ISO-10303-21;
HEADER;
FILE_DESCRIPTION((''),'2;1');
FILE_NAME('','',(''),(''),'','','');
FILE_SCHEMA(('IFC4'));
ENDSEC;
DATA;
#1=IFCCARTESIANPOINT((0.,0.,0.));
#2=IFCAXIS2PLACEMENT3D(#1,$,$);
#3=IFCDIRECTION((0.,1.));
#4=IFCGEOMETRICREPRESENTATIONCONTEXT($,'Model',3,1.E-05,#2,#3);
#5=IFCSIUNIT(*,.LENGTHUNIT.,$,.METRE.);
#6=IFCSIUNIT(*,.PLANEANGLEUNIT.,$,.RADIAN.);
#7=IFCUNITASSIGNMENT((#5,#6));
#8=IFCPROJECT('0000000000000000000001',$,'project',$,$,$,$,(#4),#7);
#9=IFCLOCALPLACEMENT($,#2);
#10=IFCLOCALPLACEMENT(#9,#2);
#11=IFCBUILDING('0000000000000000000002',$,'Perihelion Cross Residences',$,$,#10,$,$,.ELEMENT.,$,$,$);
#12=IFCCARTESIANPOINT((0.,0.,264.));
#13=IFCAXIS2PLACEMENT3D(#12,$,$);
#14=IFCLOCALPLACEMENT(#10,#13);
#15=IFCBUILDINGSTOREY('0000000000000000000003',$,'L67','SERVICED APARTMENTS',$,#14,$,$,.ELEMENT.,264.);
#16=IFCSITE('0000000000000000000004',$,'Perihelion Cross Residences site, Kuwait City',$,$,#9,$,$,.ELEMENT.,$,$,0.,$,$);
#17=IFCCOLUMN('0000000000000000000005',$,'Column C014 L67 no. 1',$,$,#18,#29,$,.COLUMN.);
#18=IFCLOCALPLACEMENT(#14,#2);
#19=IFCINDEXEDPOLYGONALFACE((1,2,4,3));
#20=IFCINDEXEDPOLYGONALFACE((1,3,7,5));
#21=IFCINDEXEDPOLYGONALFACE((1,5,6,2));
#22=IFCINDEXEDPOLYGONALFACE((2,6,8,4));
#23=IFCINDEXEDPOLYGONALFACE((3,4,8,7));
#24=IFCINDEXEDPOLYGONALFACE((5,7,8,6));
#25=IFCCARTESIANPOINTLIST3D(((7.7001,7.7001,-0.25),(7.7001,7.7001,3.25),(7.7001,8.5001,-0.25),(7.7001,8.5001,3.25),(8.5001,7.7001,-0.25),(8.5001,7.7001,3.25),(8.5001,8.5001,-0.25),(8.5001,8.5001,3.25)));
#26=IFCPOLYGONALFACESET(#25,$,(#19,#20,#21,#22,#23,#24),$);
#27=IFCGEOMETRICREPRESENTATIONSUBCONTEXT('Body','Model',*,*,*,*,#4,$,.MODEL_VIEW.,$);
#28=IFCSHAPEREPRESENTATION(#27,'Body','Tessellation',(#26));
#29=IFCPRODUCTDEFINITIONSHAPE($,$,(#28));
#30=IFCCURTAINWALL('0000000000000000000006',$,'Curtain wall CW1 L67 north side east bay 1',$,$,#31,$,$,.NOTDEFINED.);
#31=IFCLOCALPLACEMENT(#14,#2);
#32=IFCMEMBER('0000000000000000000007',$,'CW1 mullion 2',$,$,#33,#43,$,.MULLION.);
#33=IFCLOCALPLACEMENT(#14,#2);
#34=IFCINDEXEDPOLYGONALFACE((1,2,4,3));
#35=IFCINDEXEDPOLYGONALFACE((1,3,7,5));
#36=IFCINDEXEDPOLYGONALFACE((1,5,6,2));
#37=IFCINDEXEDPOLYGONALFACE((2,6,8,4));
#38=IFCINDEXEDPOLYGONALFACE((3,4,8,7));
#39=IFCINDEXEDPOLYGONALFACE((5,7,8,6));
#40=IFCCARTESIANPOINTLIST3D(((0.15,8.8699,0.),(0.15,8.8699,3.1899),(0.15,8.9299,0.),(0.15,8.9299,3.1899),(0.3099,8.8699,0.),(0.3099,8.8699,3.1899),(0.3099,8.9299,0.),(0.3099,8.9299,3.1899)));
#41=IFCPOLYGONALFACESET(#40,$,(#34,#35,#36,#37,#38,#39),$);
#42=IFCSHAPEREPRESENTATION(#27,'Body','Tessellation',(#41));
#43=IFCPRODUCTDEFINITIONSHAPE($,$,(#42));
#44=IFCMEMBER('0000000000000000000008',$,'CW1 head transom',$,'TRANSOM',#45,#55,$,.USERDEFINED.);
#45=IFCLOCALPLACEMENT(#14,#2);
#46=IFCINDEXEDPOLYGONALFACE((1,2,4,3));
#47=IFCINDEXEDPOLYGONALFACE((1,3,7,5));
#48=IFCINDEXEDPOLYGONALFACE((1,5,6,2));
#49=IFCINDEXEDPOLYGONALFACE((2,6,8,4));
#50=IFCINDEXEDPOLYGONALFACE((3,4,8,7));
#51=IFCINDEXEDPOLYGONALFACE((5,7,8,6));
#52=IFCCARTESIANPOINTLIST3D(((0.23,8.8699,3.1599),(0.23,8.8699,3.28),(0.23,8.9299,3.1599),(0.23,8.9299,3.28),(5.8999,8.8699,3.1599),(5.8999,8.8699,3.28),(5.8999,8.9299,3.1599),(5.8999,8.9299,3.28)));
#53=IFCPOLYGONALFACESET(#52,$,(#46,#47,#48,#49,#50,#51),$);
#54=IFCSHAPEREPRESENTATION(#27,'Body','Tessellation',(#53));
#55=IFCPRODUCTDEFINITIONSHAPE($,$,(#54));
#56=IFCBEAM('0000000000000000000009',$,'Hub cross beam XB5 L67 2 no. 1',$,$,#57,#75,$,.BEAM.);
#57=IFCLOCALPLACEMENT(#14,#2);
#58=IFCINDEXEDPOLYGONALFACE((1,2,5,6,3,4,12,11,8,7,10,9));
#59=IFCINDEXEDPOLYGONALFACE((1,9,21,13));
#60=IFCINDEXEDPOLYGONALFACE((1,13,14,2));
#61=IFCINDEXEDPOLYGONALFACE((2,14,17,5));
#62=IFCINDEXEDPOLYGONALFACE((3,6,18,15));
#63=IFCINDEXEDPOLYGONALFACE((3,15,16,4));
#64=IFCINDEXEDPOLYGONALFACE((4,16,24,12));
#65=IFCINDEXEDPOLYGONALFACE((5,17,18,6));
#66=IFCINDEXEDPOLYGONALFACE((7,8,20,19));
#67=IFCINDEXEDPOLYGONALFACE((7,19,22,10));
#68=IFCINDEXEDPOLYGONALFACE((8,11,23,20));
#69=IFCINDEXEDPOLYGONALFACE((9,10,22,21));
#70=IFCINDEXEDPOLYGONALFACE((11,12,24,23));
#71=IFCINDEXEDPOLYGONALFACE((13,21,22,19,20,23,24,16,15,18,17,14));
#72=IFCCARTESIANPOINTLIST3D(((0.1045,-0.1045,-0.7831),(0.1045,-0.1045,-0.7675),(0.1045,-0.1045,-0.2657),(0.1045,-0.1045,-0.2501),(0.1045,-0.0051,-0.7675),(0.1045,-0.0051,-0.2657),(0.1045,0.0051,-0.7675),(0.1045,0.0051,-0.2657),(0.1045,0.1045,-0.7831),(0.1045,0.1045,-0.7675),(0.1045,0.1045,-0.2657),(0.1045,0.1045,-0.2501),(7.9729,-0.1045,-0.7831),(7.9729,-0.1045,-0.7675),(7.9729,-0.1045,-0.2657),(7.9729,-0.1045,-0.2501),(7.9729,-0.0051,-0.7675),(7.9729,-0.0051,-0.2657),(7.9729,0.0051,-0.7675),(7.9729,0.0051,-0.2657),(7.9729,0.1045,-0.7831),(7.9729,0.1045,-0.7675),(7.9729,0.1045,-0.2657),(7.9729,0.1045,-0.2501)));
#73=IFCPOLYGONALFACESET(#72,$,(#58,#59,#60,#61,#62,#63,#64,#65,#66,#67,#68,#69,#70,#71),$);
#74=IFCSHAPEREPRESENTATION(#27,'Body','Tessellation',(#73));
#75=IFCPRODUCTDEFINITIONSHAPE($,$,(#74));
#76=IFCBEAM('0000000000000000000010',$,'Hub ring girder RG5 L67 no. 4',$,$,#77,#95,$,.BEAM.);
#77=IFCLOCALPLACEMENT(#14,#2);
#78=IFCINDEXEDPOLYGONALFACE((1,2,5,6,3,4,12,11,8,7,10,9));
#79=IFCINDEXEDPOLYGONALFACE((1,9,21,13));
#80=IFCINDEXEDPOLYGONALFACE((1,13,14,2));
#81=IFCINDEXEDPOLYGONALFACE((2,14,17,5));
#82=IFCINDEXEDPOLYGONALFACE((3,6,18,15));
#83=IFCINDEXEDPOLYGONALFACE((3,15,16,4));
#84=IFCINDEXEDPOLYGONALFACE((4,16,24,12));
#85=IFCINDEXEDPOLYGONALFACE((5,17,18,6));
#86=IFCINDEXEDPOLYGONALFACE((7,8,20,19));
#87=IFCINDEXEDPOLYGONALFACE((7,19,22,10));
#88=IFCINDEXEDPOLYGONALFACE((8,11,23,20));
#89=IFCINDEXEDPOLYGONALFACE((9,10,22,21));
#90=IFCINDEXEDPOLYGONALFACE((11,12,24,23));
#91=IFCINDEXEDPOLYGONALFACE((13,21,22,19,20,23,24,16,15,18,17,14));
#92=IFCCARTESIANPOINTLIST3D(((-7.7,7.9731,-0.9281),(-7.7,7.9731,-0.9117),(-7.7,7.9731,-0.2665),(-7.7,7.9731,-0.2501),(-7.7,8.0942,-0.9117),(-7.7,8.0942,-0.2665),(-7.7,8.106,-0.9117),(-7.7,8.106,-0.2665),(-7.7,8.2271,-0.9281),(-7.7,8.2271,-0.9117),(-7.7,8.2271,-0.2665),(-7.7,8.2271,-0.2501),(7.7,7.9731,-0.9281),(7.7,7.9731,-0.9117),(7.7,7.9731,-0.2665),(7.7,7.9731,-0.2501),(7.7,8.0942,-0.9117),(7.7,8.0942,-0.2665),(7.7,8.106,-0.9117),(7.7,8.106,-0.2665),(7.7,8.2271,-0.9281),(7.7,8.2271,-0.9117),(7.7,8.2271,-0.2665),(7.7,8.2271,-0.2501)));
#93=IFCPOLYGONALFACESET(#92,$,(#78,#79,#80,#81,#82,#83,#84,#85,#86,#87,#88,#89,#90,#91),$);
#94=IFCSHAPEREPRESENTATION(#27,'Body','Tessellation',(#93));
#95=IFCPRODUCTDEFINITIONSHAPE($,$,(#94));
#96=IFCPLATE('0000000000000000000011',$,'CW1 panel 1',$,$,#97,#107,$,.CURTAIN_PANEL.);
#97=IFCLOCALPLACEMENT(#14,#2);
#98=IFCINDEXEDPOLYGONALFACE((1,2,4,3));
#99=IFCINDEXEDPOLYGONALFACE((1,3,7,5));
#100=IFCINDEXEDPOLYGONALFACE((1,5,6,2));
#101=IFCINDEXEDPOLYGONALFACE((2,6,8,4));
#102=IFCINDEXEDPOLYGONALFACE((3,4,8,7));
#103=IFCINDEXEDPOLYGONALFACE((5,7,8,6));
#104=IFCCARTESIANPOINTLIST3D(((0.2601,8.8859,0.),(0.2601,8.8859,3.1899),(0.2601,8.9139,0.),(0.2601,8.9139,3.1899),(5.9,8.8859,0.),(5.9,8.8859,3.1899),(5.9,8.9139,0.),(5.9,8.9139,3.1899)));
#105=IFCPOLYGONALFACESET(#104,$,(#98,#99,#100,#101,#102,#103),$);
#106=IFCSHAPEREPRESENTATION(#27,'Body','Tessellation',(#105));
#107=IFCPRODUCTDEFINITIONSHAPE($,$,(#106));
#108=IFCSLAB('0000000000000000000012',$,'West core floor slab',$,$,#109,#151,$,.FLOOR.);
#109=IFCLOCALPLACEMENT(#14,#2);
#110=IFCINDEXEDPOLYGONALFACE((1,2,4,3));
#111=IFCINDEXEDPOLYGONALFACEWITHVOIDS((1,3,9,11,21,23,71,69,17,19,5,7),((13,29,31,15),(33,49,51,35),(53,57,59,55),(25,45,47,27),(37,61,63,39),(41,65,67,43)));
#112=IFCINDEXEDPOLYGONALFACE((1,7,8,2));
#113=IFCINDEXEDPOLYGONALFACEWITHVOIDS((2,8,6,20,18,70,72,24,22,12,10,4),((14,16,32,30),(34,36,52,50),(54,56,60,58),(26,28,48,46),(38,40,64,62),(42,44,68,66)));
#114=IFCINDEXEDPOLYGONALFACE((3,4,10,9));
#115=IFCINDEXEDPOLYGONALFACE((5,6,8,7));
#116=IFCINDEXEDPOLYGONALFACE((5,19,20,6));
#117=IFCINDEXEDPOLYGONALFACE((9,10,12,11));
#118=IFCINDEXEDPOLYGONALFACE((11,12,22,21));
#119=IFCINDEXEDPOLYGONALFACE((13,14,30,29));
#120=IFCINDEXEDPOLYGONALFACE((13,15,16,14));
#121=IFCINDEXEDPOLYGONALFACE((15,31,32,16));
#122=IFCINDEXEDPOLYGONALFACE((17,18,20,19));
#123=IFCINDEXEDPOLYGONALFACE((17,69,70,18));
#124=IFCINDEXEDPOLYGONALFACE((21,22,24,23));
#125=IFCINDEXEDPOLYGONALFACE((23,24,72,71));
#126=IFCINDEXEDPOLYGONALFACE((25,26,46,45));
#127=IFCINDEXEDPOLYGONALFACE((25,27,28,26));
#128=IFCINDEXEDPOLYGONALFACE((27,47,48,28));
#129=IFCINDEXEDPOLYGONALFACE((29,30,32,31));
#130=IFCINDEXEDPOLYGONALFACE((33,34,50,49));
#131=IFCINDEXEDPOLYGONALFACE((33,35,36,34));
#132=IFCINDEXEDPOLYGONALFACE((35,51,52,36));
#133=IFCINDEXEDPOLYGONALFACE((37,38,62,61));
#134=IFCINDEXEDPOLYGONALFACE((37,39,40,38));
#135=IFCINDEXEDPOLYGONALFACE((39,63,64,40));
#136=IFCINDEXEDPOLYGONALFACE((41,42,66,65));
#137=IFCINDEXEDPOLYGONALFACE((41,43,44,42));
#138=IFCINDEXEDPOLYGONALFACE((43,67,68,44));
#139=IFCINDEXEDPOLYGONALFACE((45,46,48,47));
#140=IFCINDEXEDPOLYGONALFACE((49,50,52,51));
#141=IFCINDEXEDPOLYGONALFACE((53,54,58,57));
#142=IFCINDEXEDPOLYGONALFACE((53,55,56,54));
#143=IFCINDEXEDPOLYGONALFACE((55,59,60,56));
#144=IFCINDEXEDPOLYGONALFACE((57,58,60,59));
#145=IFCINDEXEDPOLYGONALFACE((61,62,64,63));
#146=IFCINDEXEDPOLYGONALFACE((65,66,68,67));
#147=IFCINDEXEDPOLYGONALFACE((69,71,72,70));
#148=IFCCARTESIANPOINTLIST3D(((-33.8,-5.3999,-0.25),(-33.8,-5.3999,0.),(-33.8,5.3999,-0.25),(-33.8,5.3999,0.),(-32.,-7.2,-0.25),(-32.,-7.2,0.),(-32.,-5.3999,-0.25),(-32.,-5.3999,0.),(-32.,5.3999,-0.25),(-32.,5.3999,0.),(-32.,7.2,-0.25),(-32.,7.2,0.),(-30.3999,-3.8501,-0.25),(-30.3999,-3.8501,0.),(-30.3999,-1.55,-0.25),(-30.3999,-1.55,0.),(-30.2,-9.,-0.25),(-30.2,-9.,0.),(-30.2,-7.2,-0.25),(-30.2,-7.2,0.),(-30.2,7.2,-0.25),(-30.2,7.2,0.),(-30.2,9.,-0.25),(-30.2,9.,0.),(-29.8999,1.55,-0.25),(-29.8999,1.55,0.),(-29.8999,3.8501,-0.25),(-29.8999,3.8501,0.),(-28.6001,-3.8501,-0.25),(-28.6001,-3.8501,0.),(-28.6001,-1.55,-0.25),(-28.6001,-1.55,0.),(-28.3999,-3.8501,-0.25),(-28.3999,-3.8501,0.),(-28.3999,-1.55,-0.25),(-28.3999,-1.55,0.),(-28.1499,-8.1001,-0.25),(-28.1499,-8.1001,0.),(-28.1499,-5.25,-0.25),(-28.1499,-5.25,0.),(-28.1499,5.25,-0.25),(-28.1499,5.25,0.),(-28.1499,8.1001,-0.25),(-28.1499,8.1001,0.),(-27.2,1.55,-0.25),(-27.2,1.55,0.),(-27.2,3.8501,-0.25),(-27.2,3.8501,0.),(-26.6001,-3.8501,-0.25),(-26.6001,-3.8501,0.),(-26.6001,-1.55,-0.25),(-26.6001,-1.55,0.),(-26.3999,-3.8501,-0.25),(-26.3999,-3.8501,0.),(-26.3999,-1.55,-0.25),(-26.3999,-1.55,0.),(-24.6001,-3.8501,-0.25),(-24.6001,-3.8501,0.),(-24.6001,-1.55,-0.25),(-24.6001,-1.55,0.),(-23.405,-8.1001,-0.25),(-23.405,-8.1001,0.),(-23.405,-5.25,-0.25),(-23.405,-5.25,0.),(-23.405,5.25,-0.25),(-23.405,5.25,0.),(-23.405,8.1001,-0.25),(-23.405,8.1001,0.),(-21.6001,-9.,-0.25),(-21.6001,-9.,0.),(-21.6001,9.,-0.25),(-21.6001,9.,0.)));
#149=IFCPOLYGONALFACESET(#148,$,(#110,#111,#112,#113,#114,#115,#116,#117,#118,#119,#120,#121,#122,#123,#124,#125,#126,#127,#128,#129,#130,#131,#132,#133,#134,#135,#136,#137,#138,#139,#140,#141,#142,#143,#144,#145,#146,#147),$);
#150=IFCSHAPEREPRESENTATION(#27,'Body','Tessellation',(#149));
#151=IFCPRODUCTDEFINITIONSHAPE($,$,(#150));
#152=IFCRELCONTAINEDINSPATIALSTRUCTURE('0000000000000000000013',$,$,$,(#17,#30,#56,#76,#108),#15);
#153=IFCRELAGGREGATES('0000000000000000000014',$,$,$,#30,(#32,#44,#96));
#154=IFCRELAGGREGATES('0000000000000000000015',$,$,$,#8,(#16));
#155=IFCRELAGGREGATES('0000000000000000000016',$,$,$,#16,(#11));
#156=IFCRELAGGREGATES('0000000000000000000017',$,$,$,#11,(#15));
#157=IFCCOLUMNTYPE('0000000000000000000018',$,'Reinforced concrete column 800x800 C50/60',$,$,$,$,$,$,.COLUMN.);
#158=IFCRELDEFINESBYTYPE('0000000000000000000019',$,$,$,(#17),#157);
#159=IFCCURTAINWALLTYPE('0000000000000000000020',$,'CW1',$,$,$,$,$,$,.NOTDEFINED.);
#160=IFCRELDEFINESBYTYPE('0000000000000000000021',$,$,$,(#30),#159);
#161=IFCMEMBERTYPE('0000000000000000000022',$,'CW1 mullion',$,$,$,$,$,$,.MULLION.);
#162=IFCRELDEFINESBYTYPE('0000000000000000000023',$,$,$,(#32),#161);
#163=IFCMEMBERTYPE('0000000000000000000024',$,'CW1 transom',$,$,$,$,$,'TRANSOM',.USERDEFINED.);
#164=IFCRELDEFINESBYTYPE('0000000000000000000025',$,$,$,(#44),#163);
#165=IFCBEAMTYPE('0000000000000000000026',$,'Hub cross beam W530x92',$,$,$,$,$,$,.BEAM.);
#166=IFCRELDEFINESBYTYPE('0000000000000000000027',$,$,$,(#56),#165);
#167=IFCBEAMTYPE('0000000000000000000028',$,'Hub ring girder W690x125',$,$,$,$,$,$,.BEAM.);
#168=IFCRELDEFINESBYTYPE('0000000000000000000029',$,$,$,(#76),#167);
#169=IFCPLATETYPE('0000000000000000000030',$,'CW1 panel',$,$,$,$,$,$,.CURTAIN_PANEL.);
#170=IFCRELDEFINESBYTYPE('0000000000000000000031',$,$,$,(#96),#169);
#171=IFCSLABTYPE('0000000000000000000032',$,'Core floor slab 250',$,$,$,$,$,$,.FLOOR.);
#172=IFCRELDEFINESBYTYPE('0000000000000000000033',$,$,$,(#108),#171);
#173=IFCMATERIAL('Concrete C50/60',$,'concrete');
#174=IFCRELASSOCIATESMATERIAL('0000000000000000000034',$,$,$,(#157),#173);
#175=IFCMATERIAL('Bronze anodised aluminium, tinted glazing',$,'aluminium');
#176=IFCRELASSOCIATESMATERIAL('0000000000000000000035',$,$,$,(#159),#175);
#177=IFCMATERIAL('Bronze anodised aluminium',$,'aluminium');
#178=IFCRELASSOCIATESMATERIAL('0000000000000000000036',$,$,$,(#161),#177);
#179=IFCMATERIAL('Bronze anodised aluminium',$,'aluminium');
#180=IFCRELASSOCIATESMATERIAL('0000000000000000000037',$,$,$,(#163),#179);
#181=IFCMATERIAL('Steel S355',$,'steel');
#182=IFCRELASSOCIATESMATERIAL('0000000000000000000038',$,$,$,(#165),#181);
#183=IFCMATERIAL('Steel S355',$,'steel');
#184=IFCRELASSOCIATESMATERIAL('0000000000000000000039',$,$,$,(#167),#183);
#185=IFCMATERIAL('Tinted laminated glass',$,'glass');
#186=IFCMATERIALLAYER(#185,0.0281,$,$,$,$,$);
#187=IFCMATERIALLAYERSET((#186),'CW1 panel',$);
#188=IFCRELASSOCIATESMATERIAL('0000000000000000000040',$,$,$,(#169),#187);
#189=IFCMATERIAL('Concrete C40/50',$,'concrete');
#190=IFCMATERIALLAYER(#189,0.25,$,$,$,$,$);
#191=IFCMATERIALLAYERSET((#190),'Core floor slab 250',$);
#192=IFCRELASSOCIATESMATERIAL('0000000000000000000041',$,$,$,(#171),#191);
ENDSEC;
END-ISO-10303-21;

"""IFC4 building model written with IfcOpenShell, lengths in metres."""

from ifc_helpers import new_model, si_unit, direction, frame, origin, origin_2d, place, context, subcontext, project, spatial, polyline, rectangle, i_section, outline, extrude, material, layer, layer_set, material_profile, profile_set, type_object, element, aggregate, save


model = new_model("IFC4")

# Units and contexts
model_context = context("Model", 3, precision=1e-05, world=origin(), true_north=direction((0.0, 1.0)))
body_context = subcontext(model_context, "Body", "Model", "MODEL_VIEW")
ifc_project = project(units=[si_unit("LENGTHUNIT", "METRE"), si_unit("PLANEANGLEUNIT", "RADIAN")], contexts=[model_context])

# Site, building, storey
site_placement = place(None, origin())
site = spatial("IfcSite", under=ifc_project, at=site_placement, Name="Perihelion Cross Residences site, Kuwait City", CompositionType="ELEMENT", RefElevation=0.0)
building_placement = place(site_placement, origin())
building = spatial("IfcBuilding", under=site, at=building_placement, Name="Perihelion Cross Residences", CompositionType="ELEMENT")
storey_placement = place(building_placement, frame((0.0, 0.0, 264.0)))
storey = spatial("IfcBuildingStorey", under=building, at=storey_placement, Name="L67", Description="SERVICED APARTMENTS", CompositionType="ELEMENT", Elevation=264.0)

# Column
ifc_material_1 = material(Name="Concrete C50/60", Category="concrete")
ifc_material_profile_1 = material_profile(ifc_material_1, rectangle(XDim=0.8, YDim=0.8, at=origin_2d()), Name="RC 800x800")
ifc_profile_set_1 = profile_set([ifc_material_profile_1], Name="Concrete C50/60")
column_type = type_object("IfcColumnType", Name="Reinforced concrete column 800x800 C50/60", PredefinedType="COLUMN", material=ifc_profile_set_1)
column_placement = place(storey_placement, frame((8.1001, 8.1001, -0.25), z_axis=(0.0, 0.0, 1.0), x_axis=(1.0, 0.0, 0.0)))
element("IfcColumn", 1, at=column_placement, inside=storey, type_object=column_type, Name="Column C014 L67 no. 1", PredefinedType="COLUMN", context=body_context, shape_type="SweptSolid", body=[
    extrude(rectangle(XDim=0.8, YDim=0.8, at=origin_2d()), origin(), (0.0, 0.0, 1.0), 3.5),
])

# Curtain wall, members
ifc_material_2 = material(Name="Bronze anodised aluminium, tinted glazing", Category="aluminium")
curtain_wall_type = type_object("IfcCurtainWallType", Name="CW1", PredefinedType="NOTDEFINED", material=ifc_material_2)
curtain_wall_placement = place(storey_placement, origin())
curtain_wall = element("IfcCurtainWall", 2, at=curtain_wall_placement, inside=storey, type_object=curtain_wall_type, Name="Curtain wall CW1 L67 north side east bay 1", PredefinedType="NOTDEFINED")
ifc_material_3 = material(Name="Bronze anodised aluminium", Category="aluminium")
ifc_material_profile_2 = material_profile(ifc_material_3, rectangle(XDim=0.0601, YDim=0.1599, at=origin_2d()), Name="CW1 mullion")
ifc_profile_set_2 = profile_set([ifc_material_profile_2], Name="Bronze anodised aluminium")
member_type_1 = type_object("IfcMemberType", Name="CW1 mullion", PredefinedType="MULLION", material=ifc_profile_set_2)
member_1_placement = place(storey_placement, frame((0.23, 8.8999, 0.0), z_axis=(0.0, 0.0, 1.0), x_axis=(0.0, -1.0, 0.0)))
member_1 = element("IfcMember", 3, at=member_1_placement, type_object=member_type_1, Name="CW1 mullion 2", PredefinedType="MULLION", context=body_context, shape_type="SweptSolid", body=[
    extrude(rectangle(XDim=0.0601, YDim=0.1599, at=origin_2d()), origin(), (0.0, 0.0, 1.0), 3.1899),
])
ifc_material_4 = material(Name="Bronze anodised aluminium", Category="aluminium")
ifc_material_profile_3 = material_profile(ifc_material_4, rectangle(XDim=0.0601, YDim=0.1201, at=origin_2d()), Name="CW1 transom")
ifc_profile_set_3 = profile_set([ifc_material_profile_3], Name="Bronze anodised aluminium")
member_type_2 = type_object("IfcMemberType", Name="CW1 transom", ElementType="TRANSOM", PredefinedType="USERDEFINED", material=ifc_profile_set_3)
member_2_placement = place(storey_placement, frame((5.8999, 8.8999, 3.22), z_axis=(-1.0, 0.0, 0.0), x_axis=(0.0, -1.0, 0.0)))
member_2 = element("IfcMember", 4, at=member_2_placement, type_object=member_type_2, Name="CW1 head transom", ObjectType="TRANSOM", PredefinedType="USERDEFINED", context=body_context, shape_type="SweptSolid", body=[
    extrude(rectangle(XDim=0.0601, YDim=0.1201, at=origin_2d()), origin(), (0.0, 0.0, 1.0), 5.6699),
])

# Beams
ifc_material_5 = material(Name="Steel S355", Category="steel")
ifc_material_profile_4 = material_profile(ifc_material_5, i_section(OverallWidth=0.209, OverallDepth=0.533, WebThickness=0.0103, FlangeThickness=0.0156, at=origin_2d()), Name="W530x92")
ifc_profile_set_4 = profile_set([ifc_material_profile_4], Name="Steel S355")
beam_type_1 = type_object("IfcBeamType", Name="Hub cross beam W530x92", PredefinedType="BEAM", material=ifc_profile_set_4)
beam_1_placement = place(storey_placement, frame((0.1045, 0.0, -0.5166), z_axis=(1.0, 0.0, 0.0), x_axis=(0.0, 1.0, 0.0)))
element("IfcBeam", 5, at=beam_1_placement, inside=storey, type_object=beam_type_1, Name="Hub cross beam XB5 L67 2 no. 1", PredefinedType="BEAM", context=body_context, shape_type="SweptSolid", body=[
    extrude(i_section(OverallWidth=0.209, OverallDepth=0.533, WebThickness=0.0103, FlangeThickness=0.0156, at=origin_2d()), origin(), (0.0, 0.0, 1.0), 7.8684),
])
ifc_material_6 = material(Name="Steel S355", Category="steel")
ifc_material_profile_5 = material_profile(ifc_material_6, i_section(OverallWidth=0.2539, OverallDepth=0.678, WebThickness=0.0117, FlangeThickness=0.0164, at=origin_2d()), Name="W690x125")
ifc_profile_set_5 = profile_set([ifc_material_profile_5], Name="Steel S355")
beam_type_2 = type_object("IfcBeamType", Name="Hub ring girder W690x125", PredefinedType="BEAM", material=ifc_profile_set_5)
beam_2_placement = place(storey_placement, frame((7.7, 8.1001, -0.5891), z_axis=(-1.0, 0.0, 0.0), x_axis=(0.0, -1.0, 0.0)))
element("IfcBeam", 6, at=beam_2_placement, inside=storey, type_object=beam_type_2, Name="Hub ring girder RG5 L67 no. 4", PredefinedType="BEAM", context=body_context, shape_type="SweptSolid", body=[
    extrude(i_section(OverallWidth=0.2539, OverallDepth=0.678, WebThickness=0.0117, FlangeThickness=0.0164, at=origin_2d()), origin(), (0.0, 0.0, 1.0), 15.3999),
])

# Plate
ifc_material_7 = material(Name="Tinted laminated glass", Category="glass")
ifc_layer_1 = layer(ifc_material_7, 0.0281)
ifc_layer_set_1 = layer_set([ifc_layer_1], Name="CW1 panel")
plate_type = type_object("IfcPlateType", Name="CW1 panel", PredefinedType="CURTAIN_PANEL", material=ifc_layer_set_1)
plate_placement = place(storey_placement, frame((3.0801, 8.8999, 0.0), z_axis=(0.0, 0.0, 1.0), x_axis=(-1.0, 0.0, 0.0)))
plate = element("IfcPlate", 7, at=plate_placement, type_object=plate_type, Name="CW1 panel 1", PredefinedType="CURTAIN_PANEL", context=body_context, shape_type="SweptSolid", body=[
    extrude(rectangle(XDim=5.6399, YDim=0.0281, at=origin_2d()), origin(), (0.0, 0.0, 1.0), 3.1899),
])
aggregate(curtain_wall, [member_1, member_2, plate])

# Slab
ifc_material_8 = material(Name="Concrete C40/50", Category="concrete")
ifc_layer_2 = layer(ifc_material_8, 0.25)
ifc_layer_set_2 = layer_set([ifc_layer_2], Name="Core floor slab 250")
slab_type = type_object("IfcSlabType", Name="Core floor slab 250", PredefinedType="FLOOR", material=ifc_layer_set_2)
slab_placement = place(storey_placement, frame((0.0, 0.0, -0.25)))
element("IfcSlab", 8, at=slab_placement, inside=storey, type_object=slab_type, Name="West core floor slab", PredefinedType="FLOOR", context=body_context, shape_type="SweptSolid", body=[
    extrude(outline(polyline([(-30.2, 7.2), (-32.0, 7.2), (-32.0, 5.3999), (-33.8, 5.3999), (-33.8, -5.3999), (-32.0, -5.3999), (-32.0, -7.2), (-30.2, -7.2), (-30.2, -9.0), (-21.6001, -9.0), (-21.6001, 9.0), (-30.2, 9.0), (-30.2, 7.2)]), holes=[polyline([(-28.1499, -8.1001), (-28.1499, -5.25), (-23.405, -5.25), (-23.405, -8.1001), (-28.1499, -8.1001)]), polyline([(-24.6001, -1.55), (-24.6001, -3.8501), (-26.3999, -3.8501), (-26.3999, -1.55), (-24.6001, -1.55)]), polyline([(-26.6001, -1.55), (-26.6001, -3.8501), (-28.3999, -3.8501), (-28.3999, -1.55), (-26.6001, -1.55)]), polyline([(-28.6001, -3.8501), (-30.3999, -3.8501), (-30.3999, -1.55), (-28.6001, -1.55), (-28.6001, -3.8501)]), polyline([(-27.2, 3.8501), (-27.2, 1.55), (-29.8999, 1.55), (-29.8999, 3.8501), (-27.2, 3.8501)]), polyline([(-23.405, 5.25), (-28.1499, 5.25), (-28.1499, 8.1001), (-23.405, 8.1001), (-23.405, 5.25)])]), origin(), (0.0, 0.0, 1.0), 0.25),
])

save(model, "model.ifc")
